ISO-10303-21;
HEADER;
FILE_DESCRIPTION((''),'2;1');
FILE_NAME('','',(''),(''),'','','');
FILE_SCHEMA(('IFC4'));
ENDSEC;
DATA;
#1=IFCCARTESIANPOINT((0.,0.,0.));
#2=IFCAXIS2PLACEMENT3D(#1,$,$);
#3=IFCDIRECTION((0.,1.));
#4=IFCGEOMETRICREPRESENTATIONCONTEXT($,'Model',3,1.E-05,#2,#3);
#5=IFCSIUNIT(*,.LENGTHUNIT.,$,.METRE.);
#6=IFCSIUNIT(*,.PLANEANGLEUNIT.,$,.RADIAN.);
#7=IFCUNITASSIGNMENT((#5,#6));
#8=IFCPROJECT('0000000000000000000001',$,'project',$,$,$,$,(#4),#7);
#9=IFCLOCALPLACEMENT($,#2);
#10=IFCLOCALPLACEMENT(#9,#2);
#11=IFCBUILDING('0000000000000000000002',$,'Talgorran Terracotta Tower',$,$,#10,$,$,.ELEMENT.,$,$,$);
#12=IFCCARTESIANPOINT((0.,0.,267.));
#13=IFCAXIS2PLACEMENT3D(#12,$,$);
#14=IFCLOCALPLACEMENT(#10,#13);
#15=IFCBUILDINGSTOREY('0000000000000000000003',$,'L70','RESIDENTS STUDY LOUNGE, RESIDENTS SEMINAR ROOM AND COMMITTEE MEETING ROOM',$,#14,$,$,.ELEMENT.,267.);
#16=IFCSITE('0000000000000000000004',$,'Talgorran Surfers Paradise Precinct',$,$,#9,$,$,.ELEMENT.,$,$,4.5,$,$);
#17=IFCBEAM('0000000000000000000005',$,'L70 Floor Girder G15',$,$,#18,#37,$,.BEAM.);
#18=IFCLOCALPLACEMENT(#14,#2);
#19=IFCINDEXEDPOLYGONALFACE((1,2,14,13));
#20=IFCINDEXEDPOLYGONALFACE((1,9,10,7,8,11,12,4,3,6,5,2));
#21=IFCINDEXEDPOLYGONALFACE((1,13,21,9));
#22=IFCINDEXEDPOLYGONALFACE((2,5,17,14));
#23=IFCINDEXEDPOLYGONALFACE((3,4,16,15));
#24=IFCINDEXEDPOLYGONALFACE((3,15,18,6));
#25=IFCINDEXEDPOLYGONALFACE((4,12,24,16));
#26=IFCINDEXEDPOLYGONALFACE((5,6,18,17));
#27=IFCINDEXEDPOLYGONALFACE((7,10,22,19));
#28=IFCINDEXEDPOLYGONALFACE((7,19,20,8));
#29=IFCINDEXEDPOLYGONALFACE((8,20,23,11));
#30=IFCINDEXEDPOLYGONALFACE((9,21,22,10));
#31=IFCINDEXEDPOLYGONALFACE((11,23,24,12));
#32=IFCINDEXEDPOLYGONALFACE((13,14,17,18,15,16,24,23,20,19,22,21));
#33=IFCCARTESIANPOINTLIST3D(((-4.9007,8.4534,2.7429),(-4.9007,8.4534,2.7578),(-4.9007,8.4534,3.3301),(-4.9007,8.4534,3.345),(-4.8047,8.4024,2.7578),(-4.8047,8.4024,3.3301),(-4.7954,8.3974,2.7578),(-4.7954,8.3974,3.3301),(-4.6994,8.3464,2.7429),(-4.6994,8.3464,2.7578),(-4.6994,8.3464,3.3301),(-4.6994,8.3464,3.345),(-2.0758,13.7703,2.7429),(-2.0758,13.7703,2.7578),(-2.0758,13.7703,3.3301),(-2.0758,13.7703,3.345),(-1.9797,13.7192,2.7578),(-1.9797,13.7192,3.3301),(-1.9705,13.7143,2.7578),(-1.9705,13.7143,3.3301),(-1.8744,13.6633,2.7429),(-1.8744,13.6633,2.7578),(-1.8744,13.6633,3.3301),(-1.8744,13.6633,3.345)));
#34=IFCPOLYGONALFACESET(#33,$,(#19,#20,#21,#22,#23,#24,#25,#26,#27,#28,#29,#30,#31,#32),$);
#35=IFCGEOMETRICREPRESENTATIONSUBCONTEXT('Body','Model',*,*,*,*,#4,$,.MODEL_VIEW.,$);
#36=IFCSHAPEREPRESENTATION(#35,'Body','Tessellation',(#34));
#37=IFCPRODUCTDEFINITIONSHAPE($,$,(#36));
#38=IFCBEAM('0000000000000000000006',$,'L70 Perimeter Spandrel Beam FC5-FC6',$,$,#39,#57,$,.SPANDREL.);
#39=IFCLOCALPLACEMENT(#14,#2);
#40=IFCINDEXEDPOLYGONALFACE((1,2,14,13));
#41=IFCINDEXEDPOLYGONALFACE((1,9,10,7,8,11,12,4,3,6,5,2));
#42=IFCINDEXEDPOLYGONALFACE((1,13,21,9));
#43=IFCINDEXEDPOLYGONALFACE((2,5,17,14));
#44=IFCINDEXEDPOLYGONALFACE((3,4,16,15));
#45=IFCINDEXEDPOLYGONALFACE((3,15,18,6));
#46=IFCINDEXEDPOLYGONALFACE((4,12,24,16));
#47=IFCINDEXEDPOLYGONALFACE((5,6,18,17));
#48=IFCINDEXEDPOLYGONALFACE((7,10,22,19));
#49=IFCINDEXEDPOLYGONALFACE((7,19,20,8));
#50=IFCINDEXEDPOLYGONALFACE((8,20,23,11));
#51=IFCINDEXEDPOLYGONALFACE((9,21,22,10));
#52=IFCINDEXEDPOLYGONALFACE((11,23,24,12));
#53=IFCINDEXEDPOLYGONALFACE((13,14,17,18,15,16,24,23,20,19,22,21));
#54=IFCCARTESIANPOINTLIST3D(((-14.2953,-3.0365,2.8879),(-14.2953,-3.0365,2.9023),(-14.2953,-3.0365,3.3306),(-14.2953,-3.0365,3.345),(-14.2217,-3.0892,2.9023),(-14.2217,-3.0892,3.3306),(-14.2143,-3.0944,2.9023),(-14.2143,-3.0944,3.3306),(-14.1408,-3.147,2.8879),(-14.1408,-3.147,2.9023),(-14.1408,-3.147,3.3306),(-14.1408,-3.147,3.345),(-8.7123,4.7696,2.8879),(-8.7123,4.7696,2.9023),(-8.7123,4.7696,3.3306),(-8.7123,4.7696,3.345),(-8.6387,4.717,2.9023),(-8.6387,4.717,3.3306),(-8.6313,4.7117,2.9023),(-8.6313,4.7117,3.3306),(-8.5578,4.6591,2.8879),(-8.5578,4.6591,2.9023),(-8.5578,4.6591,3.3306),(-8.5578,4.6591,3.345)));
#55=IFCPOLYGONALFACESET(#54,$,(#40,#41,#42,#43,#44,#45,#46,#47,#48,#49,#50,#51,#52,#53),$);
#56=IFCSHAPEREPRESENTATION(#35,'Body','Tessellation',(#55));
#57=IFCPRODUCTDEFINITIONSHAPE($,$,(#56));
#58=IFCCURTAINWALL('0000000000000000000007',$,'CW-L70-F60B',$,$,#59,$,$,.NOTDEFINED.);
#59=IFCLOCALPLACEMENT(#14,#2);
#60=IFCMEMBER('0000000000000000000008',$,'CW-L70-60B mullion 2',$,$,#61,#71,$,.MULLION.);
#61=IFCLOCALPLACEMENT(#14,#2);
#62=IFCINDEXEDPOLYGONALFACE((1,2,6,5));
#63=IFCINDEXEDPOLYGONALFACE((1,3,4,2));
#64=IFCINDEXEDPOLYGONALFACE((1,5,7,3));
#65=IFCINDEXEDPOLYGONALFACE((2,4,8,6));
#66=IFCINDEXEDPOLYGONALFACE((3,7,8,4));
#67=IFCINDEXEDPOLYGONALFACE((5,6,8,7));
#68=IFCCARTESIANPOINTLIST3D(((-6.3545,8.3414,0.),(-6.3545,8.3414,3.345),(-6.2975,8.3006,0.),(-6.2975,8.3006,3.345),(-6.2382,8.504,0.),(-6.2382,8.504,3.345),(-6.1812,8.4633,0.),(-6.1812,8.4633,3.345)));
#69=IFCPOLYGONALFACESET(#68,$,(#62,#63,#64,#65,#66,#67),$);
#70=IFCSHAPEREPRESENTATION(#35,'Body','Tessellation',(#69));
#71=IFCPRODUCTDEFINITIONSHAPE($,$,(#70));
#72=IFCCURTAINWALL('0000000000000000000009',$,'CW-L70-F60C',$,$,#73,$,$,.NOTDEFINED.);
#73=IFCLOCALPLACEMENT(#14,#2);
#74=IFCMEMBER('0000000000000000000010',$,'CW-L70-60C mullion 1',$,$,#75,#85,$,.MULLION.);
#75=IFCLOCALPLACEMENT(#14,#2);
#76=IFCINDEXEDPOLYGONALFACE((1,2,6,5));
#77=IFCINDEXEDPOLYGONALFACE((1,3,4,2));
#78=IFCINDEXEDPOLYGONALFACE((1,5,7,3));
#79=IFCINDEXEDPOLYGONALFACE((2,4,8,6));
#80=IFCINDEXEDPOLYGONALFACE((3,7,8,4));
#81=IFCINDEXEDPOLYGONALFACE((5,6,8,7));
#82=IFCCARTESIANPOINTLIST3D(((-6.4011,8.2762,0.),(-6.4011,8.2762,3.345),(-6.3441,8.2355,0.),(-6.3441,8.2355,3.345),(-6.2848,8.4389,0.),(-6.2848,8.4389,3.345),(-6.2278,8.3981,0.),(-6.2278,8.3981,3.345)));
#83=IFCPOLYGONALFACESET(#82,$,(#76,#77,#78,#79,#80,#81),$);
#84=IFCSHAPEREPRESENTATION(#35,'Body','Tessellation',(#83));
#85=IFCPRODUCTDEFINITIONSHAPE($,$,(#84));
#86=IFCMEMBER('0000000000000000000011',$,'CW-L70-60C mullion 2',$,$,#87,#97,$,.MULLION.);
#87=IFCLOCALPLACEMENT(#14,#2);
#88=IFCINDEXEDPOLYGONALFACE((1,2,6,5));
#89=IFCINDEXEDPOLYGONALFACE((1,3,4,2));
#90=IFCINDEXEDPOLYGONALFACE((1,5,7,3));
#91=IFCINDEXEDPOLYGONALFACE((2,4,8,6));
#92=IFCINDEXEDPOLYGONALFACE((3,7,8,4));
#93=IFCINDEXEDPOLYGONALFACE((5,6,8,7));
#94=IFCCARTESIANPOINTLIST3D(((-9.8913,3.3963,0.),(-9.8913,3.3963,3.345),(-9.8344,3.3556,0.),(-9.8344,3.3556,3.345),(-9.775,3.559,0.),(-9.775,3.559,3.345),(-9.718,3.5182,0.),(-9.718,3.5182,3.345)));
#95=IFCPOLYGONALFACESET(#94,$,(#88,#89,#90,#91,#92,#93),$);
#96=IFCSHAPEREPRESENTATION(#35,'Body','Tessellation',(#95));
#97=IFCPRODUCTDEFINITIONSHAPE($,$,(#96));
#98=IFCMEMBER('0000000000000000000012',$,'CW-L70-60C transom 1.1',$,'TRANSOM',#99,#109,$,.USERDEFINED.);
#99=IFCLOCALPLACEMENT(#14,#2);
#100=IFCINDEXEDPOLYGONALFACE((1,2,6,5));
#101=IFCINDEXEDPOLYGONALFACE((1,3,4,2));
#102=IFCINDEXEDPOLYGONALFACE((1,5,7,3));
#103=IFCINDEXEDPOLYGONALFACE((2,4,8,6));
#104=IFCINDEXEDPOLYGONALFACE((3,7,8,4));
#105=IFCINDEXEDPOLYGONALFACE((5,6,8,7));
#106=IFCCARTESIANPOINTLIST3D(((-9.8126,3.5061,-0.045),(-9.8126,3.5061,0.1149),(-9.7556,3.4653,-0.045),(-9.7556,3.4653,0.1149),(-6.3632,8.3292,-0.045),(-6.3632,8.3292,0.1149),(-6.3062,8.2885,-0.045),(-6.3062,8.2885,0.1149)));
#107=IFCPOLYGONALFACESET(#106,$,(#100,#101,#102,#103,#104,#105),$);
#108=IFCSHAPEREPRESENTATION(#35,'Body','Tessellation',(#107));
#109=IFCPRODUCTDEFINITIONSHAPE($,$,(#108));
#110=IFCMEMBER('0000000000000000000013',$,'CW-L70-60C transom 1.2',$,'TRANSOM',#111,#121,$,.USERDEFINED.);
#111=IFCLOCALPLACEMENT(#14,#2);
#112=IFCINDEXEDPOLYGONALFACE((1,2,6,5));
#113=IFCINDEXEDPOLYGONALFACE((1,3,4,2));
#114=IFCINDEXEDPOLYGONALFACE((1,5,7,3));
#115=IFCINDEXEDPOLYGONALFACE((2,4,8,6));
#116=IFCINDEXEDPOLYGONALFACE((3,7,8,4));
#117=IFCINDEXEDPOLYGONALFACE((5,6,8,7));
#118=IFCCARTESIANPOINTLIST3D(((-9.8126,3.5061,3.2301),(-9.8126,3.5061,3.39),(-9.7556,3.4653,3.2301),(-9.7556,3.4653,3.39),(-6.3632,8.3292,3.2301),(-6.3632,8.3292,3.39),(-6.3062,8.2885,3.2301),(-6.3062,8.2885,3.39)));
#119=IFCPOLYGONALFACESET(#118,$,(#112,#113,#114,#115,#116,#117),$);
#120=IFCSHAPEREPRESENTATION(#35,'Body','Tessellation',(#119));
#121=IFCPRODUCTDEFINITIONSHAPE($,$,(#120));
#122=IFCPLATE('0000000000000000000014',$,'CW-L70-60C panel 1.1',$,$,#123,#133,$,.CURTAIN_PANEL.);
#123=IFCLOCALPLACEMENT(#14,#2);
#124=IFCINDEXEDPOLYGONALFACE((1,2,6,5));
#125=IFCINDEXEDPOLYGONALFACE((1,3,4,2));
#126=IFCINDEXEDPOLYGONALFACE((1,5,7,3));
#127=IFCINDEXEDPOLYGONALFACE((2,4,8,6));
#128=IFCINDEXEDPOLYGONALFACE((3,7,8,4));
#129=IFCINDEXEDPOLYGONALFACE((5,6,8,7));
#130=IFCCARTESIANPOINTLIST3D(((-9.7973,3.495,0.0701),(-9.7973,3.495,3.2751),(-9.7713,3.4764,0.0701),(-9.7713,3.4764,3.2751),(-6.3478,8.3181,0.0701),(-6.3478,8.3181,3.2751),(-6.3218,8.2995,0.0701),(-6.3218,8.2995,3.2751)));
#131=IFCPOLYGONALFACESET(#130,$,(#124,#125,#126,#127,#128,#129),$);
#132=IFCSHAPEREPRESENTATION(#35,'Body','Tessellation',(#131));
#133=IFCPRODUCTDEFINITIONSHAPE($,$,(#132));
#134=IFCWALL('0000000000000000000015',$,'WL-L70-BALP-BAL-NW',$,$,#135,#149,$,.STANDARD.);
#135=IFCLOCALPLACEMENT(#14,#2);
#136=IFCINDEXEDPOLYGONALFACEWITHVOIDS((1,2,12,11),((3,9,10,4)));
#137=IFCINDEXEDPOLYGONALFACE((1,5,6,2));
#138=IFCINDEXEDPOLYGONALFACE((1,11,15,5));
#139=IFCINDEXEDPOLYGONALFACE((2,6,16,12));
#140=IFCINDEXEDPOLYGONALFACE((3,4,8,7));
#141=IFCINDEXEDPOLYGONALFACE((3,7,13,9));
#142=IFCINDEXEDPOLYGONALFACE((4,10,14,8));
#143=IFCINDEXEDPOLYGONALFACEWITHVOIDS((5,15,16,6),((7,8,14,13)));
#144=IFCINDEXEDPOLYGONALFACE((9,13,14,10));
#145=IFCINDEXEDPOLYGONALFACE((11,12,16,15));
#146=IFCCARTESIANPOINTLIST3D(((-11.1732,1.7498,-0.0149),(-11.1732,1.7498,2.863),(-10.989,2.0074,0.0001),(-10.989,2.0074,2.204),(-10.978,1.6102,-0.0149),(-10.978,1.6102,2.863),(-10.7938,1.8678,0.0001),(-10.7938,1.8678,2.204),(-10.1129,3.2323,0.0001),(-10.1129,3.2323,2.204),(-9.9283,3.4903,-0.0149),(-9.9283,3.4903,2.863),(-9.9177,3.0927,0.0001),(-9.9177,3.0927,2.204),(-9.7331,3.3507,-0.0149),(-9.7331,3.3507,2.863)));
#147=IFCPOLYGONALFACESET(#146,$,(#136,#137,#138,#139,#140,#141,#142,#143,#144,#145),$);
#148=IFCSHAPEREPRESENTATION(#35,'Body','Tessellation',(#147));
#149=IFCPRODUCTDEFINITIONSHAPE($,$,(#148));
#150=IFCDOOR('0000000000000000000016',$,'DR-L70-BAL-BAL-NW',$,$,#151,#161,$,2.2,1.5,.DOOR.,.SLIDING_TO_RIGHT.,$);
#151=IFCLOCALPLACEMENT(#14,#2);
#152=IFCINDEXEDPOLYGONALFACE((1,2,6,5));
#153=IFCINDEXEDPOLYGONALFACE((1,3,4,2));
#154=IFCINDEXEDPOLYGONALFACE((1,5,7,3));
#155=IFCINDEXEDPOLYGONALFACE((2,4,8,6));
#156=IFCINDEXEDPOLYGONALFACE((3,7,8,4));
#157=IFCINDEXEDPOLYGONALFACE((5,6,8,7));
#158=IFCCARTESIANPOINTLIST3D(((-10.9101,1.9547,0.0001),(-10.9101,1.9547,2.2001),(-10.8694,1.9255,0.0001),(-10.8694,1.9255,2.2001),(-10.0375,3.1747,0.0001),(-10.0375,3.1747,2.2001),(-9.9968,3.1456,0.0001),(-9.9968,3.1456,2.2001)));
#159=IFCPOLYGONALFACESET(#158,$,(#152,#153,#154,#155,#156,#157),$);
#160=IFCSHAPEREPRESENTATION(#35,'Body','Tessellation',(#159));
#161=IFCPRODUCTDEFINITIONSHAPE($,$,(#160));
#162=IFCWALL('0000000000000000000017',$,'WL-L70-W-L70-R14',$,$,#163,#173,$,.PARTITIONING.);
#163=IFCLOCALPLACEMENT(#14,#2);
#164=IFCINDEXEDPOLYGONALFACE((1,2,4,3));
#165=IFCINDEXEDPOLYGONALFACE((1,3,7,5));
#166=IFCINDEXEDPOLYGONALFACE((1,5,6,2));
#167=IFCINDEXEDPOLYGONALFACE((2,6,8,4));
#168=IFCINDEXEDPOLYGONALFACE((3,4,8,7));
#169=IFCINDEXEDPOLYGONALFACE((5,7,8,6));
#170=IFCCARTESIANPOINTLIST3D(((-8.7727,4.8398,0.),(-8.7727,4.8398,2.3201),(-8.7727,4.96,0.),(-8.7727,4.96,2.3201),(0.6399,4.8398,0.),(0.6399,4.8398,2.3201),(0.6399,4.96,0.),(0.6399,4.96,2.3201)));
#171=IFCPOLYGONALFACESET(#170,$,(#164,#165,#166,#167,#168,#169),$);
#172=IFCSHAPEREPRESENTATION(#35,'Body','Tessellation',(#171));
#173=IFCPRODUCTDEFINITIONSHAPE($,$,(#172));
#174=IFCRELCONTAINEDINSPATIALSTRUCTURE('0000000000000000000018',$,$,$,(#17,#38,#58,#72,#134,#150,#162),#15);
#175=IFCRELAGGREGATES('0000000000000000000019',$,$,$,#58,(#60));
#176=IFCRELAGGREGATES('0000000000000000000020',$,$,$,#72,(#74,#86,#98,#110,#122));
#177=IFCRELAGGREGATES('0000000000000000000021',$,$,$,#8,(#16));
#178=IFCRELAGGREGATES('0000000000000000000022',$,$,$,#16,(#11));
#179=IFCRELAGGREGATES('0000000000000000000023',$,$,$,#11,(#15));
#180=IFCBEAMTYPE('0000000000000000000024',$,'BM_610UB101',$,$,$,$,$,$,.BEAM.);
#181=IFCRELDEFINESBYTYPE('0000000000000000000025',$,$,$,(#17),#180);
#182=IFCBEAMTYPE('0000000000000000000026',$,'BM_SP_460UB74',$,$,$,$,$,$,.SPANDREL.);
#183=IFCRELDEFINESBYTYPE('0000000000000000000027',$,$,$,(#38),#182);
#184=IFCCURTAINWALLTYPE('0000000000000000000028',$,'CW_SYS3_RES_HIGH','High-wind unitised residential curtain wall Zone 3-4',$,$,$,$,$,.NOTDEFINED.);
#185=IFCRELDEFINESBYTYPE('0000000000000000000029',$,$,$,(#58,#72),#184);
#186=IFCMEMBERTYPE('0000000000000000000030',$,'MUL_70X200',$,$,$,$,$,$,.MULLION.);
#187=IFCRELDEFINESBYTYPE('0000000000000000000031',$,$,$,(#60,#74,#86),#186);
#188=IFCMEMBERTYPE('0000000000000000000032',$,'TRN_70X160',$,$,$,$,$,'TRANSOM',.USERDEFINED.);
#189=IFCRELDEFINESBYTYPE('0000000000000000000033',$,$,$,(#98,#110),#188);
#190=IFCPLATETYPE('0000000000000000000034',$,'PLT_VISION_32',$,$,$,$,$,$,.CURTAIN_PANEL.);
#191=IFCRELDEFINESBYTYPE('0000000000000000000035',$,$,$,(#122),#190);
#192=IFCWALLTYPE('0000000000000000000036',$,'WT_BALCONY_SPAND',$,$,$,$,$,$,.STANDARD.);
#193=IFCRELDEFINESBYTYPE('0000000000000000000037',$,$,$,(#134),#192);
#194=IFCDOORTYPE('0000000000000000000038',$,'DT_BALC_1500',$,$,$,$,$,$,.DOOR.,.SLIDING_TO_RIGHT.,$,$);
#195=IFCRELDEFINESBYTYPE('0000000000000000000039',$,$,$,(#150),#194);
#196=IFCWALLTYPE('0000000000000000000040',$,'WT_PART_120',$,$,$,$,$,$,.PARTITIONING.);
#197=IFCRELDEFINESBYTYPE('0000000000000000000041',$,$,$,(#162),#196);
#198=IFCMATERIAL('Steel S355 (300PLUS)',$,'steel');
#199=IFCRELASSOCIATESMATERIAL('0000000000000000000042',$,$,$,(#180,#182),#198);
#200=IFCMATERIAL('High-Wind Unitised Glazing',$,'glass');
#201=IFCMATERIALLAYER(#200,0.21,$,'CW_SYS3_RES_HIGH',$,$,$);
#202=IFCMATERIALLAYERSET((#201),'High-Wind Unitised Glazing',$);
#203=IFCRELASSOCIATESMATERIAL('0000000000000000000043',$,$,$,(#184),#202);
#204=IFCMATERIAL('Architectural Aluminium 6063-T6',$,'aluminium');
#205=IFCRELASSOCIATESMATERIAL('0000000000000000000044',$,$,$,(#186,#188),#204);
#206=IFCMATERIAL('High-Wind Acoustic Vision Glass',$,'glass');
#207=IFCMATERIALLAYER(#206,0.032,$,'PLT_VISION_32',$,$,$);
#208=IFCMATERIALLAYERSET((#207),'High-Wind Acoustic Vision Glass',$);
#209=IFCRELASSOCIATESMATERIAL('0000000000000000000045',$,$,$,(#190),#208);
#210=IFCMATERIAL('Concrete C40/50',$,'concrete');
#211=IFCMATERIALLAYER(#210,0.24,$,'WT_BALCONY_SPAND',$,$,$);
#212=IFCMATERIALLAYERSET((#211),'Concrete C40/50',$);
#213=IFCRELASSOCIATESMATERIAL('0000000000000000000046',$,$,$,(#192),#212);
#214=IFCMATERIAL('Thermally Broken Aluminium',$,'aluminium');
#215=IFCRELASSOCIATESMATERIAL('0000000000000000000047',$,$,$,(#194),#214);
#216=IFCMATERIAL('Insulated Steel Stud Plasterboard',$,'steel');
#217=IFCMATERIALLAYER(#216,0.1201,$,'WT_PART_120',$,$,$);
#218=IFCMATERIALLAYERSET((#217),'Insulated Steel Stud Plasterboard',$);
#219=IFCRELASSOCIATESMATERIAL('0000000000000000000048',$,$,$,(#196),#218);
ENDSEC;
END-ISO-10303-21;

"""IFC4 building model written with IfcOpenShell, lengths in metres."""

from ifc_helpers import new_model, si_unit, direction, frame, frame_2d, origin, origin_2d, place, context, subcontext, project, spatial, rectangle, i_section, extrude, source, transform, mapped, material, layer, layer_set, material_profile, profile_set, type_object, type_shapes, element, fill, aggregate, save


model = new_model("IFC4")

# Units and contexts
model_context = context("Model", 3, precision=1e-05, world=origin(), true_north=direction((0.0, 1.0)))
body_context = subcontext(model_context, "Body", "Model", "MODEL_VIEW")
ifc_project = project(units=[si_unit("LENGTHUNIT", "METRE"), si_unit("PLANEANGLEUNIT", "RADIAN")], contexts=[model_context])

# Site, building, storey
site_placement = place(None, origin())
site = spatial("IfcSite", under=ifc_project, at=site_placement, Name="Talgorran Surfers Paradise Precinct", CompositionType="ELEMENT", RefElevation=4.5)
building_placement = place(site_placement, origin())
building = spatial("IfcBuilding", under=site, at=building_placement, Name="Talgorran Terracotta Tower", CompositionType="ELEMENT")
storey_placement = place(building_placement, frame((0.0, 0.0, 267.0)))
storey = spatial("IfcBuildingStorey", under=building, at=storey_placement, Name="L70", Description="RESIDENTS STUDY LOUNGE, RESIDENTS SEMINAR ROOM AND COMMITTEE MEETING ROOM", CompositionType="ELEMENT", Elevation=267.0)

# Shared definitions
ifc_material_1 = material(Name="Steel S355 (300PLUS)", Category="steel")

# Beams
ifc_material_profile_1 = material_profile(ifc_material_1, i_section(OverallWidth=0.228, OverallDepth=0.6021, WebThickness=0.0105, FlangeThickness=0.0149, at=origin_2d()), Name="610UB101")
ifc_profile_set_1 = profile_set([ifc_material_profile_1], Name="Steel S355 (300PLUS)")
beam_type_1 = type_object("IfcBeamType", Name="BM_610UB101", PredefinedType="BEAM", material=ifc_profile_set_1)
beam_1_placement = place(storey_placement, frame((-4.8, 8.3999, 3.0439), z_axis=(0.469201, 0.883092, 0.0), x_axis=(-0.883092, 0.469201, 0.0)))
element("IfcBeam", 1, at=beam_1_placement, inside=storey, type_object=beam_type_1, Name="L70 Floor Girder G15", PredefinedType="BEAM", context=body_context, shape_type="SweptSolid", body=[
    extrude(i_section(OverallWidth=0.228, OverallDepth=0.6021, WebThickness=0.0105, FlangeThickness=0.0149, at=origin_2d()), origin(), (0.0, 0.0, 1.0), 6.0208),
])
ifc_material_profile_2 = material_profile(ifc_material_1, i_section(OverallWidth=0.1899, OverallDepth=0.457, WebThickness=0.009, FlangeThickness=0.0144, at=origin_2d()), Name="460UB74.6")
ifc_profile_set_2 = profile_set([ifc_material_profile_2], Name="Steel S355 (300PLUS)")
beam_type_2 = type_object("IfcBeamType", Name="BM_SP_460UB74", PredefinedType="SPANDREL", material=ifc_profile_set_2)
beam_2_placement = place(storey_placement, frame((-8.635, 4.7144, 3.1165), z_axis=(-0.581734, -0.813379, 0.0), x_axis=(0.813379, -0.581734, 0.0)))
element("IfcBeam", 2, at=beam_2_placement, inside=storey, type_object=beam_type_2, Name="L70 Perimeter Spandrel Beam FC5-FC6", PredefinedType="SPANDREL", context=body_context, shape_type="SweptSolid", body=[
    extrude(i_section(OverallWidth=0.1899, OverallDepth=0.457, WebThickness=0.009, FlangeThickness=0.0144, at=origin_2d()), origin(), (0.0, 0.0, 1.0), 9.5972),
])

# Curtain wall, member
ifc_material_2 = material(Name="High-Wind Unitised Glazing", Category="glass")
ifc_layer_1 = layer(ifc_material_2, 0.21, Name="CW_SYS3_RES_HIGH")
ifc_layer_set_1 = layer_set([ifc_layer_1], Name="High-Wind Unitised Glazing")
curtain_wall_type = type_object("IfcCurtainWallType", Name="CW_SYS3_RES_HIGH", Description="High-wind unitised residential curtain wall Zone 3-4", PredefinedType="NOTDEFINED", material=ifc_layer_set_1)
curtain_wall_1_placement = place(storey_placement, origin())
curtain_wall_1 = element("IfcCurtainWall", 3, at=curtain_wall_1_placement, inside=storey, type_object=curtain_wall_type, Name="CW-L70-F60B", PredefinedType="NOTDEFINED")
ifc_material_3 = material(Name="Architectural Aluminium 6063-T6", Category="aluminium")
ifc_material_profile_3 = material_profile(ifc_material_3, rectangle(XDim=0.0701, YDim=0.2, at=origin_2d()), Name="CWM70X200")
ifc_profile_set_3 = profile_set([ifc_material_profile_3], Name="Architectural Aluminium 6063-T6")
member_type_1 = type_object("IfcMemberType", Name="MUL_70X200", PredefinedType="MULLION", material=ifc_profile_set_3)
member_1_placement = place(storey_placement, frame((-6.2678, 8.4023, 0.0), z_axis=(0.0, 0.0, 1.0), x_axis=(0.813378, -0.581735, 0.0)))
member_1 = element("IfcMember", 4, at=member_1_placement, type_object=member_type_1, Name="CW-L70-60B mullion 2", PredefinedType="MULLION", context=body_context, shape_type="SweptSolid", body=[
    extrude(rectangle(XDim=0.0701, YDim=0.2, at=origin_2d()), origin(), (0.0, 0.0, 1.0), 3.345),
])
aggregate(curtain_wall_1, [member_1])

# Curtain wall, members, plate
curtain_wall_2_placement = place(storey_placement, origin())
curtain_wall_2 = element("IfcCurtainWall", 5, at=curtain_wall_2_placement, inside=storey, type_object=curtain_wall_type, Name="CW-L70-F60C", PredefinedType="NOTDEFINED")
member_2_placement = place(storey_placement, frame((-6.3145, 8.3372, 0.0), z_axis=(0.0, 0.0, 1.0), x_axis=(0.813377, -0.581737, 0.0)))
member_2 = element("IfcMember", 6, at=member_2_placement, type_object=member_type_1, Name="CW-L70-60C mullion 1", PredefinedType="MULLION", context=body_context, shape_type="SweptSolid", body=[
    extrude(rectangle(XDim=0.0701, YDim=0.2, at=origin_2d()), origin(), (0.0, 0.0, 1.0), 3.345),
])
member_3_placement = place(storey_placement, frame((-9.8047, 3.4573, 0.0), z_axis=(0.0, 0.0, 1.0), x_axis=(0.813377, -0.581737, 0.0)))
member_3 = element("IfcMember", 7, at=member_3_placement, type_object=member_type_1, Name="CW-L70-60C mullion 2", PredefinedType="MULLION", context=body_context, shape_type="SweptSolid", body=[
    extrude(rectangle(XDim=0.0701, YDim=0.2, at=origin_2d()), origin(), (0.0, 0.0, 1.0), 3.345),
])
ifc_material_profile_4 = material_profile(ifc_material_3, rectangle(XDim=0.0701, YDim=0.1599, at=origin_2d()), Name="CWT70X160")
ifc_profile_set_4 = profile_set([ifc_material_profile_4], Name="Architectural Aluminium 6063-T6")
member_type_2 = type_object("IfcMemberType", Name="TRN_70X160", ElementType="TRANSOM", PredefinedType="USERDEFINED", material=ifc_profile_set_4)
member_4_placement = place(storey_placement, frame((-6.3347, 8.3088, 0.0349), z_axis=(-0.581717, -0.813391, 0.0), x_axis=(0.813391, -0.581717, 0.0)))
member_4 = element("IfcMember", 8, at=member_4_placement, type_object=member_type_2, Name="CW-L70-60C transom 1.1", ObjectType="TRANSOM", PredefinedType="USERDEFINED", context=body_context, shape_type="SweptSolid", body=[
    extrude(rectangle(XDim=0.0701, YDim=0.1599, at=origin_2d()), origin(), (0.0, 0.0, 1.0), 5.9297),
])
member_5_placement = place(storey_placement, frame((-6.3347, 8.3088, 3.3101), z_axis=(-0.581717, -0.813391, 0.0), x_axis=(0.813391, -0.581717, 0.0)))
member_5 = element("IfcMember", 9, at=member_5_placement, type_object=member_type_2, Name="CW-L70-60C transom 1.2", ObjectType="TRANSOM", PredefinedType="USERDEFINED", context=body_context, shape_type="SweptSolid", body=[
    extrude(rectangle(XDim=0.0701, YDim=0.1599, at=origin_2d()), origin(), (0.0, 0.0, 1.0), 5.9297),
])
ifc_material_4 = material(Name="High-Wind Acoustic Vision Glass", Category="glass")
ifc_layer_2 = layer(ifc_material_4, 0.032, Name="PLT_VISION_32")
ifc_layer_set_2 = layer_set([ifc_layer_2], Name="High-Wind Acoustic Vision Glass")
plate_type = type_object("IfcPlateType", Name="PLT_VISION_32", PredefinedType="CURTAIN_PANEL", material=ifc_layer_set_2)
shared_shape_1 = source(origin(), body_context, "Body", "SweptSolid", [
    extrude(rectangle(XDim=5.9297, YDim=0.032, at=origin_2d()), origin(), (0.0, 0.0, 1.0), 3.2051),
])
type_shapes(plate_type, [shared_shape_1])
plate_placement = place(storey_placement, frame((-8.0596, 5.8972, 0.0701), z_axis=(0.0, 0.0, 1.0), x_axis=(-0.581737, -0.813377, 0.0)))
plate = element("IfcPlate", 10, at=plate_placement, type_object=plate_type, Name="CW-L70-60C panel 1.1", PredefinedType="CURTAIN_PANEL", context=body_context, shape_type="MappedRepresentation", body=[
    mapped(shared_shape_1, transform((0.0, 0.0, 0.0), scale=1.0)),
])
aggregate(curtain_wall_2, [member_2, member_3, member_4, member_5, plate])

# Wall, opening, door
ifc_material_5 = material(Name="Concrete C40/50", Category="concrete")
ifc_layer_3 = layer(ifc_material_5, 0.24, Name="WT_BALCONY_SPAND")
ifc_layer_set_3 = layer_set([ifc_layer_3], Name="Concrete C40/50")
wall_type_1 = type_object("IfcWallType", Name="WT_BALCONY_SPAND", PredefinedType="STANDARD", material=ifc_layer_set_3)
wall_1_placement = place(storey_placement, frame((-9.8308, 3.4204, -0.0149), z_axis=(0.0, 0.0, 1.0), x_axis=(-0.581756, -0.813363, 0.0)))
wall_1 = element("IfcWall", 11, at=wall_1_placement, inside=storey, type_object=wall_type_1, Name="WL-L70-BALP-BAL-NW", PredefinedType="STANDARD", context=body_context, shape_type="SweptSolid", body=[
    extrude(rectangle(XDim=2.1399, YDim=0.24, at=frame_2d((1.0698, 0.0))), origin(), (0.0, 0.0, 1.0), 2.8779),
])
opening_placement = place(wall_1_placement, frame((0.3201, 0.0, 0.0149)))
opening = element("IfcOpeningElement", 12, at=opening_placement, cuts=wall_1, PredefinedType="OPENING", context=body_context, shape_type="SweptSolid", body=[
    extrude(rectangle(XDim=1.506, YDim=2.204, at=frame_2d((0.75, 1.1021))), frame((0.0, 0.1299, 0.0), z_axis=(0.0, -1.0, 0.0), x_axis=(1.0, 0.0, 0.0)), (0.0, 0.0, 1.0), 0.26),
])
ifc_material_6 = material(Name="Thermally Broken Aluminium", Category="aluminium")
door_type = type_object("IfcDoorType", Name="DT_BALC_1500", OperationType="SLIDING_TO_RIGHT", PredefinedType="DOOR", material=ifc_material_6)
door_placement = place(opening_placement, origin())
door = element("IfcDoor", 13, at=door_placement, inside=storey, type_object=door_type, Name="DR-L70-BAL-BAL-NW", OperationType="SLIDING_TO_RIGHT", OverallHeight=2.2, OverallWidth=1.5, PredefinedType="DOOR", context=body_context, shape_type="SweptSolid", body=[
    extrude(rectangle(XDim=1.5, YDim=2.2, at=frame_2d((0.75, 1.1001))), frame((0.0, 0.0249, 0.0), z_axis=(0.0, -1.0, 0.0), x_axis=(1.0, 0.0, 0.0)), (0.0, 0.0, 1.0), 0.05),
])
fill(opening, door)

# Wall
ifc_material_7 = material(Name="Insulated Steel Stud Plasterboard", Category="steel")
ifc_layer_4 = layer(ifc_material_7, 0.1201, Name="WT_PART_120")
ifc_layer_set_4 = layer_set([ifc_layer_4], Name="Insulated Steel Stud Plasterboard")
wall_type_2 = type_object("IfcWallType", Name="WT_PART_120", PredefinedType="PARTITIONING", material=ifc_layer_set_4)
wall_2_placement = place(storey_placement, frame((-8.7727, 4.8999, 0.0), z_axis=(0.0, 0.0, 1.0), x_axis=(1.0, 0.0, 0.0)))
element("IfcWall", 14, at=wall_2_placement, inside=storey, type_object=wall_type_2, Name="WL-L70-W-L70-R14", PredefinedType="PARTITIONING", context=body_context, shape_type="SweptSolid", body=[
    extrude(rectangle(XDim=9.4126, YDim=0.1201, at=frame_2d((4.7063, 0.0))), origin(), (0.0, 0.0, 1.0), 2.3201),
])

save(model, "model.ifc")
